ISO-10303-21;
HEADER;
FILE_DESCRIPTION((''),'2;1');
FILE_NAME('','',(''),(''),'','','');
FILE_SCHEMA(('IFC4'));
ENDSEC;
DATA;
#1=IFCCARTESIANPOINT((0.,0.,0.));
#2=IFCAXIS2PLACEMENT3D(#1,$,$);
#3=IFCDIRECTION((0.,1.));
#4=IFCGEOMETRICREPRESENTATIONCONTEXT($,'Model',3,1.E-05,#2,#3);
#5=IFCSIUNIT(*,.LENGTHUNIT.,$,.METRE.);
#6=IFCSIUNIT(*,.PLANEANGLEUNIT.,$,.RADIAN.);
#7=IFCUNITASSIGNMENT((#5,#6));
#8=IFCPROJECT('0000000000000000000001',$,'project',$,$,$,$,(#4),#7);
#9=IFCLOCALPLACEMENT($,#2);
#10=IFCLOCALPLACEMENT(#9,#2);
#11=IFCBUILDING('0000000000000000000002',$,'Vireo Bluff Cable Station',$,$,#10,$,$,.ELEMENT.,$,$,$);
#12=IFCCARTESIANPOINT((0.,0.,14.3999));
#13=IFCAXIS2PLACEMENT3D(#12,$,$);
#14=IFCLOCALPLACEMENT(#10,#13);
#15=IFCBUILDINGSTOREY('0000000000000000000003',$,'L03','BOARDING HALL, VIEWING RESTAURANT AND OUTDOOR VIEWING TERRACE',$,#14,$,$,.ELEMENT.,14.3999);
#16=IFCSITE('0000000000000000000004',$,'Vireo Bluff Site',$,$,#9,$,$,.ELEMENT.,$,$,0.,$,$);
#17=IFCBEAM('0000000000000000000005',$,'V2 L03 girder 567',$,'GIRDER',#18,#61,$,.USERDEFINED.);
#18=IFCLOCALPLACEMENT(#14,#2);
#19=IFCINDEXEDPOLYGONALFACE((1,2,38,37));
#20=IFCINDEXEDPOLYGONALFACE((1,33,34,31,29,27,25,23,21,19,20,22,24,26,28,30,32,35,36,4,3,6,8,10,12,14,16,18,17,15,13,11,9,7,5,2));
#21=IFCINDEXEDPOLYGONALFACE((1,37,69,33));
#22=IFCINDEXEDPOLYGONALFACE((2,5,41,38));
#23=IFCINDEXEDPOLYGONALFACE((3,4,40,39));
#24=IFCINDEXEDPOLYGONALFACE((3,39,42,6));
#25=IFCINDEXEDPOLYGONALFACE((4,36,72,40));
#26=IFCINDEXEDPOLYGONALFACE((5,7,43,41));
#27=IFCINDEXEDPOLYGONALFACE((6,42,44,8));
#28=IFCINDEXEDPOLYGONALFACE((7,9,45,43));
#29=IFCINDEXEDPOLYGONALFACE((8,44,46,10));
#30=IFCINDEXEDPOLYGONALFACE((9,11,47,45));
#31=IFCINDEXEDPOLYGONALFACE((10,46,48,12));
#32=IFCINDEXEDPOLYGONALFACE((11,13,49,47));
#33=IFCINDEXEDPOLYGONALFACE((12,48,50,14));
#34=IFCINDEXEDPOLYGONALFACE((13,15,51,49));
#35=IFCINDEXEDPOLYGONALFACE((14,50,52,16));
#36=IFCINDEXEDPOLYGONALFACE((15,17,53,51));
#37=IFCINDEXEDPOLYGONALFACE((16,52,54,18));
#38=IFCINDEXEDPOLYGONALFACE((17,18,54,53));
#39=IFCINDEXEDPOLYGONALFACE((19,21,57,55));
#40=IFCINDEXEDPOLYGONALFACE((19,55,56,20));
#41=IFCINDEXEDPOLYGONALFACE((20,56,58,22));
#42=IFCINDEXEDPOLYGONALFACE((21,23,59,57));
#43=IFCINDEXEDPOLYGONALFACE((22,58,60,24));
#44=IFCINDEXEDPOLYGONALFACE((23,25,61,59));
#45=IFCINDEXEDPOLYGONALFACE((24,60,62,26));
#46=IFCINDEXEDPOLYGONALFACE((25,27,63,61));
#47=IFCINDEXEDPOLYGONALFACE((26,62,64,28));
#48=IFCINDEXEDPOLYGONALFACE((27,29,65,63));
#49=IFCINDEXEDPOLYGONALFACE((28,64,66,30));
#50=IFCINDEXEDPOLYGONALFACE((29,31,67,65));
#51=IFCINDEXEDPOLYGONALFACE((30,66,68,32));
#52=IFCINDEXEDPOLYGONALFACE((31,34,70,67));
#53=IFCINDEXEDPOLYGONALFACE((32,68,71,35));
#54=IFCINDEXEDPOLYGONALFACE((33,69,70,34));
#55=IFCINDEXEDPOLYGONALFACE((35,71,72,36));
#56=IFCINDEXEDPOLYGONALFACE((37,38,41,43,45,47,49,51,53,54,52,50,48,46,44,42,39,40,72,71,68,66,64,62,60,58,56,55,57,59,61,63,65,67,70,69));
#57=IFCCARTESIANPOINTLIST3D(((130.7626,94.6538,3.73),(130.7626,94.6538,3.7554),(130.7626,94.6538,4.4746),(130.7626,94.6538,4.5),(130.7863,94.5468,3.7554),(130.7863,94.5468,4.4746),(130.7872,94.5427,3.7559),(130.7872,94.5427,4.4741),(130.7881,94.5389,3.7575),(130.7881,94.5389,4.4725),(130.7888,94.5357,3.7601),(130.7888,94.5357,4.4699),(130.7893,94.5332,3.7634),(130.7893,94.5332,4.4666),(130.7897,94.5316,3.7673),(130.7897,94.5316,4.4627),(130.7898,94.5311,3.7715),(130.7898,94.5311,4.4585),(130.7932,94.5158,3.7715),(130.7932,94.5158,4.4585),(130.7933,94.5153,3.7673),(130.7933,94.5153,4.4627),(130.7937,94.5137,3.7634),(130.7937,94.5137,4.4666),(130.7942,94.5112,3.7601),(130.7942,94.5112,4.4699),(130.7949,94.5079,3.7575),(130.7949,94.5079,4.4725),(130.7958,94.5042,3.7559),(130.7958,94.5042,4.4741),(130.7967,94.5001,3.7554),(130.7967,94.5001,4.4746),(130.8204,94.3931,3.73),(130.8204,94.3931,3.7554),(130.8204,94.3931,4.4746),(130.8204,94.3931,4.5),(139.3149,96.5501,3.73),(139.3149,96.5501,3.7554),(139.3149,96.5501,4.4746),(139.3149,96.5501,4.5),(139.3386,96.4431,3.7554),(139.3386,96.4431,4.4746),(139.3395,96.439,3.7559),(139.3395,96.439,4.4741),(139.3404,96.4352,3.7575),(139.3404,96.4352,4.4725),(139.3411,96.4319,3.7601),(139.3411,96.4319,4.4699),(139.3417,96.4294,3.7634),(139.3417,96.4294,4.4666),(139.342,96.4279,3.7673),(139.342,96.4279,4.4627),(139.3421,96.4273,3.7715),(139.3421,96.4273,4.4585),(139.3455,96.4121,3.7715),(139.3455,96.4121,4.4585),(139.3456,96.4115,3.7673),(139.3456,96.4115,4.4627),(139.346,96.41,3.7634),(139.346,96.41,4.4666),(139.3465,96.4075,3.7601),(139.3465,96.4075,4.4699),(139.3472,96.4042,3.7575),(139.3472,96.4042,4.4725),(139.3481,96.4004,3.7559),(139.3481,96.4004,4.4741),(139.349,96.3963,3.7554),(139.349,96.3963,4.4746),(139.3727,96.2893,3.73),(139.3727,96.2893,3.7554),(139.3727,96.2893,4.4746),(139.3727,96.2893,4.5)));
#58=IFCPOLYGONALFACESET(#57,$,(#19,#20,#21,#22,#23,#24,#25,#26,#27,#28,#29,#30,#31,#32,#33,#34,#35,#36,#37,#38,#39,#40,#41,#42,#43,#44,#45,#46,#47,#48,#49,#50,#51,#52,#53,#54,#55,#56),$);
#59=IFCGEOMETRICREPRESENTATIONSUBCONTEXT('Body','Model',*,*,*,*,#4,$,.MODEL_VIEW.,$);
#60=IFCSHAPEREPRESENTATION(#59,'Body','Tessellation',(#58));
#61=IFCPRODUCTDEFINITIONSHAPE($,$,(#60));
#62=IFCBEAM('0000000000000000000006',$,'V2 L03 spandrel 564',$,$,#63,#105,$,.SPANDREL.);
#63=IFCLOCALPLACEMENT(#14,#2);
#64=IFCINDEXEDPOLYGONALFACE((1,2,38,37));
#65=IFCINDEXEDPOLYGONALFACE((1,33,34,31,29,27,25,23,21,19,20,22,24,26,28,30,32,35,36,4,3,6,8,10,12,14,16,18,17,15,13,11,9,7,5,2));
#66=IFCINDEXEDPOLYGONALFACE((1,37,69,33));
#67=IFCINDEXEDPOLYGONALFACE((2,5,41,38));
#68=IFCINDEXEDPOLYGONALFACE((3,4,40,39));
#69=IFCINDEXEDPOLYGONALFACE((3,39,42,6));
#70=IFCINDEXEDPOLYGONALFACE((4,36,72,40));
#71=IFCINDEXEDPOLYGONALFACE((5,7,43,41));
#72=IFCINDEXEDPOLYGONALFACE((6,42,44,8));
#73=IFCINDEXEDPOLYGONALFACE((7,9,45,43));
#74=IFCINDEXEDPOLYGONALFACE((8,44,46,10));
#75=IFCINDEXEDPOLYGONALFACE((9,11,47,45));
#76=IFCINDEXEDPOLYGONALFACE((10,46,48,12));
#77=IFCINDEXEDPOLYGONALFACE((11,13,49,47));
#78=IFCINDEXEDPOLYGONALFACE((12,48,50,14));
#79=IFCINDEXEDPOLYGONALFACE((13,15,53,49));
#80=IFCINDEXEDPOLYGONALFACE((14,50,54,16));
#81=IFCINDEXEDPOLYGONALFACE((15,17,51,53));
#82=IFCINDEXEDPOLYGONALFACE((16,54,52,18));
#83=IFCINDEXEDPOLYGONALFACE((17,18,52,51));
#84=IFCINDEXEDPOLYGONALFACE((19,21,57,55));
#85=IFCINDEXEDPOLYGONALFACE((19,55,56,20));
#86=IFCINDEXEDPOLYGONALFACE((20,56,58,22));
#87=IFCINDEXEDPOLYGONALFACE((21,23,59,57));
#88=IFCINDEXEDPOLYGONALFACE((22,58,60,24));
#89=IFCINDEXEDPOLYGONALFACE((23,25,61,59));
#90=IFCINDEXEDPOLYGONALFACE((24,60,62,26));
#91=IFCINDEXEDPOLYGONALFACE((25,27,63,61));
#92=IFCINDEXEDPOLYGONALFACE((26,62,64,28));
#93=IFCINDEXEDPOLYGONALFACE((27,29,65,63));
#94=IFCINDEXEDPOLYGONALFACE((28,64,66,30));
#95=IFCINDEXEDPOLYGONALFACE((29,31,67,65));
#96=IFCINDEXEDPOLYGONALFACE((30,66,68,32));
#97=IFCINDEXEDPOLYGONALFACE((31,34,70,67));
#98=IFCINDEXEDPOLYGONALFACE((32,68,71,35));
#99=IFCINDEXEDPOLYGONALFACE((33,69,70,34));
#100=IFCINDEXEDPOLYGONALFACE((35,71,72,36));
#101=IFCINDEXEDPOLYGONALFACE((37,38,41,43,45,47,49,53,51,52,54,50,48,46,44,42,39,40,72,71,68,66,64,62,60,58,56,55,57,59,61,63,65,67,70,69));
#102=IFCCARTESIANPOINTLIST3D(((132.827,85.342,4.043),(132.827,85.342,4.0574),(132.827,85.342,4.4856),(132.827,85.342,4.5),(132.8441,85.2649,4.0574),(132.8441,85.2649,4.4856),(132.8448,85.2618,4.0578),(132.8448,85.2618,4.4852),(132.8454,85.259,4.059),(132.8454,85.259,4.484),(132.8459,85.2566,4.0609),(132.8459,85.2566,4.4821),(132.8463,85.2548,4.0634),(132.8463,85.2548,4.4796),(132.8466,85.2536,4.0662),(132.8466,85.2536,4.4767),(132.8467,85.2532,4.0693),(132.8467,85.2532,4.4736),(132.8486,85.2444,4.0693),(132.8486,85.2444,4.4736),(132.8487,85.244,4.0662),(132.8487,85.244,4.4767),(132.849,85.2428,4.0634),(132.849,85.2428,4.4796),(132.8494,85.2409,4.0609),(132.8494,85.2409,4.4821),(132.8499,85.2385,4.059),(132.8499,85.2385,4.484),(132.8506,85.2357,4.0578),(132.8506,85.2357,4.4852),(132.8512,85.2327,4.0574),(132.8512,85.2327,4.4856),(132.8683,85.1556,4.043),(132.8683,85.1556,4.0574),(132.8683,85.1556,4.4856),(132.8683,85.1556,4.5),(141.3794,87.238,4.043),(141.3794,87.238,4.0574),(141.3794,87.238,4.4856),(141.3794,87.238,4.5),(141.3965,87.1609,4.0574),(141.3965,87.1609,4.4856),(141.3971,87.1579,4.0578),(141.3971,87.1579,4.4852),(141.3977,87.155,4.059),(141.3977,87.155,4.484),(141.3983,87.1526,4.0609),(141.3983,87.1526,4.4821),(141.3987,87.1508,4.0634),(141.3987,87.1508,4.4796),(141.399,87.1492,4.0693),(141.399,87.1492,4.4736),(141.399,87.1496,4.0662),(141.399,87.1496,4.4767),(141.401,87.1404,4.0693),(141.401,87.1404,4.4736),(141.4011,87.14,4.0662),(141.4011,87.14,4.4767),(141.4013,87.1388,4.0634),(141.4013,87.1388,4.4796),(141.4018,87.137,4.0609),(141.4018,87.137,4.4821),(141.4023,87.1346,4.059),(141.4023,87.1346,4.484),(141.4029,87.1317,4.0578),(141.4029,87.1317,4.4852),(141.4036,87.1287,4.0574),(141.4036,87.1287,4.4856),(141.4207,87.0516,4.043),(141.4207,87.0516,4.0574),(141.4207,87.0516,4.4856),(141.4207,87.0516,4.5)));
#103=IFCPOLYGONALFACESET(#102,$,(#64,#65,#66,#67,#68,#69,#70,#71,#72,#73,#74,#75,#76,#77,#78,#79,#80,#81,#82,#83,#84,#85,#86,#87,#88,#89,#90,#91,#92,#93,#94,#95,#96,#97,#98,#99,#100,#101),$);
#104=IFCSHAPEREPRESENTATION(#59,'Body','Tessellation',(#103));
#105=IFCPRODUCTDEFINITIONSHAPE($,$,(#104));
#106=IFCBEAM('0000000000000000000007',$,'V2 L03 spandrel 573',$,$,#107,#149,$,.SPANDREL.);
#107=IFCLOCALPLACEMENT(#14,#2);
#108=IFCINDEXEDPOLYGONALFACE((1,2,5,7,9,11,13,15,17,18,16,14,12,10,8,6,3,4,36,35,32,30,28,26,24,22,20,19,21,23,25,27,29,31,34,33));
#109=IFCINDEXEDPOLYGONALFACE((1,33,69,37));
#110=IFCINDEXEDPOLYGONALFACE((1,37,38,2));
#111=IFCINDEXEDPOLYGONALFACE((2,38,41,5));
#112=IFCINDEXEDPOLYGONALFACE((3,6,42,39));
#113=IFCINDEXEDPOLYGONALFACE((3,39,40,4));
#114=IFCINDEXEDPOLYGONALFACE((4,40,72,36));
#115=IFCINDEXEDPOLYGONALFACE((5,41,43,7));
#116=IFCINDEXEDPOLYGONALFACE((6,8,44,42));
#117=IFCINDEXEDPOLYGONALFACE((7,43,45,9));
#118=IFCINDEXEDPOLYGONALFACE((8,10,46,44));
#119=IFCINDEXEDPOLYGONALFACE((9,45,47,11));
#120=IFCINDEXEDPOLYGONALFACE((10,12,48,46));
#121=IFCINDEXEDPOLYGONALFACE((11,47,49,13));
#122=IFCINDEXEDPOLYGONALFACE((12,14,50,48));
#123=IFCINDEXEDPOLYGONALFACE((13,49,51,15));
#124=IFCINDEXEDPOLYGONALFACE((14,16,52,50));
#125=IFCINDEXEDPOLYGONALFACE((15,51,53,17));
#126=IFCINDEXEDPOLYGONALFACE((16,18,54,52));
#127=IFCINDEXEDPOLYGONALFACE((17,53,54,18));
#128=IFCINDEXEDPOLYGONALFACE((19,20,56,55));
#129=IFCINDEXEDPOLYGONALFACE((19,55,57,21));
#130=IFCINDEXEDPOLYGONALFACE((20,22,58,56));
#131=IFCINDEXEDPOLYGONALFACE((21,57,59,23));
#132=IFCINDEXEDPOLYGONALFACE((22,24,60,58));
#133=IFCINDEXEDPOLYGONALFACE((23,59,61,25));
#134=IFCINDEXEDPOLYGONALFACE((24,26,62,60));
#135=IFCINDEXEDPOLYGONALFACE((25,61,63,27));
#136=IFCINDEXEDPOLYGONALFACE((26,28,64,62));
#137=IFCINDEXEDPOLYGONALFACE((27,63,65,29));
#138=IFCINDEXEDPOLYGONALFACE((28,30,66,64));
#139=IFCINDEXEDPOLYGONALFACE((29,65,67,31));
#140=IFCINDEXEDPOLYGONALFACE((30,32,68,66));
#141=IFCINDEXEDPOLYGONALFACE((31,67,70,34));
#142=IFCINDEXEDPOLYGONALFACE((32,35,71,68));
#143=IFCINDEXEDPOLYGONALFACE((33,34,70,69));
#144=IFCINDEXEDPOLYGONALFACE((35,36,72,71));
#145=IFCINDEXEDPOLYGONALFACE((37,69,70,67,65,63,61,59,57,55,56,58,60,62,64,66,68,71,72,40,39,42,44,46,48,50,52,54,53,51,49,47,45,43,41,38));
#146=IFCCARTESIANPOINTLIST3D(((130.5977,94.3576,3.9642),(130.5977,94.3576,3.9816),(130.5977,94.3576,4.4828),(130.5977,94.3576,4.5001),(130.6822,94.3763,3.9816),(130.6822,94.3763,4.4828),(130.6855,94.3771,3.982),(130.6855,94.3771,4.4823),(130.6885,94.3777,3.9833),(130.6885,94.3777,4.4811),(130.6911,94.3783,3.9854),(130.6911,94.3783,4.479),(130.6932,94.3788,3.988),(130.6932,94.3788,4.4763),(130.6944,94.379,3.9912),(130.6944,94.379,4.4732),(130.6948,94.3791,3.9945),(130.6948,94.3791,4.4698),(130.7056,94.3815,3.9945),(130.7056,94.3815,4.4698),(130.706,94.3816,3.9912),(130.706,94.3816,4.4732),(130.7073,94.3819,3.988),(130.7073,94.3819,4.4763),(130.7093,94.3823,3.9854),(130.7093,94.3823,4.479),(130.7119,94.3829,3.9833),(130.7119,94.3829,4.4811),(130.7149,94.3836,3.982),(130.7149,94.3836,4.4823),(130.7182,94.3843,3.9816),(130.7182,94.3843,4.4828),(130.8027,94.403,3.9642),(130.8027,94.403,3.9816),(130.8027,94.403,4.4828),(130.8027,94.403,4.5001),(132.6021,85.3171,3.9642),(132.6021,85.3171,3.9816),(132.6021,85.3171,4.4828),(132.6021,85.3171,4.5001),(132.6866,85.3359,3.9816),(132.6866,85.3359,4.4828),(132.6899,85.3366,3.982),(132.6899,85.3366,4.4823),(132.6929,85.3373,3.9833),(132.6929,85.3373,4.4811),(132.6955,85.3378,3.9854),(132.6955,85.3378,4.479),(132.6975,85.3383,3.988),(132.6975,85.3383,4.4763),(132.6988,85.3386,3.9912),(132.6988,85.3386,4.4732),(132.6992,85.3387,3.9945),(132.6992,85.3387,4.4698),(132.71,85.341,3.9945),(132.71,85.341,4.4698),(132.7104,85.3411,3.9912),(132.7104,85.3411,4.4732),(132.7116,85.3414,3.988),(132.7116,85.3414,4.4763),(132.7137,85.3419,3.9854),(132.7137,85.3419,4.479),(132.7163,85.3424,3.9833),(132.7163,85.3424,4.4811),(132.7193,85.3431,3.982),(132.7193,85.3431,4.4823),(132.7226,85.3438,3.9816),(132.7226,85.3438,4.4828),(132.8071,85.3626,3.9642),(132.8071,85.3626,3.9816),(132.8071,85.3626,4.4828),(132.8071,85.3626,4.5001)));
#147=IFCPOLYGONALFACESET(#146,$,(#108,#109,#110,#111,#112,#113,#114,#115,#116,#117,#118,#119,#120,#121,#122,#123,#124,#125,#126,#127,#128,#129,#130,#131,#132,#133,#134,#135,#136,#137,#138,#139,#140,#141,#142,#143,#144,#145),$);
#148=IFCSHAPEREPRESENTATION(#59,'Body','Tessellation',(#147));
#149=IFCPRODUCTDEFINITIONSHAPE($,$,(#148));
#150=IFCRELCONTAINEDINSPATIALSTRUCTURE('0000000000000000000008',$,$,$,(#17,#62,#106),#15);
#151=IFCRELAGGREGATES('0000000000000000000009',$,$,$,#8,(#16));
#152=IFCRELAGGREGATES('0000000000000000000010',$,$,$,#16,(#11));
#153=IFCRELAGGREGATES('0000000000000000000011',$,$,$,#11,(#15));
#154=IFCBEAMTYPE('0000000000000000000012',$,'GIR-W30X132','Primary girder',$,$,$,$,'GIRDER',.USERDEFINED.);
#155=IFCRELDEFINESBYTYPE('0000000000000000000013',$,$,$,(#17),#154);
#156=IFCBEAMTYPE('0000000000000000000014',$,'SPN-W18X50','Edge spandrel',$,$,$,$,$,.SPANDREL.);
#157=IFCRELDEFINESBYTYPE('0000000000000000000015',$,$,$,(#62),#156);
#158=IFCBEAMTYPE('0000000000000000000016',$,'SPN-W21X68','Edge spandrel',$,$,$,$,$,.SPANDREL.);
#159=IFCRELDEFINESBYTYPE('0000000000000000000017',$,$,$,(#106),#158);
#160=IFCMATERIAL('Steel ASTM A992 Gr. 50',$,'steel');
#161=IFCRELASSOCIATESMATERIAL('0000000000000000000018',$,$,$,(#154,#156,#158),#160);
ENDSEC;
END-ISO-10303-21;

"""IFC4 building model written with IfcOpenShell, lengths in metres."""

from ifc_helpers import new_model, si_unit, direction, frame, origin, origin_2d, place, context, subcontext, project, spatial, i_section, extrude, material, material_profile, profile_set, type_object, element, save


model = new_model("IFC4")

# Units and contexts
model_context = context("Model", 3, precision=1e-05, world=origin(), true_north=direction((0.0, 1.0)))
body_context = subcontext(model_context, "Body", "Model", "MODEL_VIEW")
ifc_project = project(units=[si_unit("LENGTHUNIT", "METRE"), si_unit("PLANEANGLEUNIT", "RADIAN")], contexts=[model_context])

# Site, building, storey
site_placement = place(None, origin())
site = spatial("IfcSite", under=ifc_project, at=site_placement, Name="Vireo Bluff Site", CompositionType="ELEMENT", RefElevation=0.0)
building_placement = place(site_placement, origin())
building = spatial("IfcBuilding", under=site, at=building_placement, Name="Vireo Bluff Cable Station", CompositionType="ELEMENT")
storey_placement = place(building_placement, frame((0.0, 0.0, 14.3999)))
storey = spatial("IfcBuildingStorey", under=building, at=storey_placement, Name="L03", Description="BOARDING HALL, VIEWING RESTAURANT AND OUTDOOR VIEWING TERRACE", CompositionType="ELEMENT", Elevation=14.3999)

# Shared definitions
ifc_material_1 = material(Name="Steel ASTM A992 Gr. 50", Category="steel")

# Beams
ifc_material_profile_1 = material_profile(ifc_material_1, i_section(OverallWidth=0.2671, OverallDepth=0.77, WebThickness=0.0156, FlangeThickness=0.0254, FilletRadius=0.0161, at=origin_2d()), Name="W30X132")
ifc_profile_set_1 = profile_set([ifc_material_profile_1], Name="Steel ASTM A992 Gr. 50")
beam_type_1 = type_object("IfcBeamType", Name="GIR-W30X132", Description="Primary girder", ElementType="GIRDER", PredefinedType="USERDEFINED", material=ifc_profile_set_1)
beam_1_placement = place(storey_placement, frame((130.7915, 94.5234, 4.115), z_axis=(0.97629, 0.216467, 0.0), x_axis=(-0.216467, 0.97629, 0.0)))
element("IfcBeam", 1, at=beam_1_placement, inside=storey, type_object=beam_type_1, Name="V2 L03 girder 567", ObjectType="GIRDER", PredefinedType="USERDEFINED", context=body_context, shape_type="SweptSolid", body=[
    extrude(i_section(OverallWidth=0.2671, OverallDepth=0.77, WebThickness=0.0156, FlangeThickness=0.0254, FilletRadius=0.0161, at=origin_2d()), origin(), (0.0, 0.0, 1.0), 8.76),
])
ifc_material_profile_2 = material_profile(ifc_material_1, i_section(OverallWidth=0.1909, OverallDepth=0.457, WebThickness=0.009, FlangeThickness=0.0144, FilletRadius=0.012, at=origin_2d()), Name="W18X50")
ifc_profile_set_2 = profile_set([ifc_material_profile_2], Name="Steel ASTM A992 Gr. 50")
beam_type_2 = type_object("IfcBeamType", Name="SPN-W18X50", Description="Edge spandrel", PredefinedType="SPANDREL", material=ifc_profile_set_2)
beam_2_placement = place(storey_placement, frame((132.8477, 85.2488, 4.2715), z_axis=(0.976296, 0.216441, 0.0), x_axis=(-0.216441, 0.976296, 0.0)))
element("IfcBeam", 2, at=beam_2_placement, inside=storey, type_object=beam_type_2, Name="V2 L03 spandrel 564", PredefinedType="SPANDREL", context=body_context, shape_type="SweptSolid", body=[
    extrude(i_section(OverallWidth=0.1909, OverallDepth=0.457, WebThickness=0.009, FlangeThickness=0.0144, FilletRadius=0.012, at=origin_2d()), origin(), (0.0, 0.0, 1.0), 8.76),
])
ifc_material_profile_3 = material_profile(ifc_material_1, i_section(OverallWidth=0.21, OverallDepth=0.5359, WebThickness=0.011, FlangeThickness=0.0173, FilletRadius=0.0129, at=origin_2d()), Name="W21X68")
ifc_profile_set_3 = profile_set([ifc_material_profile_3], Name="Steel ASTM A992 Gr. 50")
beam_type_3 = type_object("IfcBeamType", Name="SPN-W21X68", Description="Edge spandrel", PredefinedType="SPANDREL", material=ifc_profile_set_3)
beam_3_placement = place(storey_placement, frame((132.7046, 85.3398, 4.2322), z_axis=(-0.216456, 0.976292, 0.0), x_axis=(-0.976292, -0.216456, 0.0)))
element("IfcBeam", 3, at=beam_3_placement, inside=storey, type_object=beam_type_3, Name="V2 L03 spandrel 573", PredefinedType="SPANDREL", context=body_context, shape_type="SweptSolid", body=[
    extrude(i_section(OverallWidth=0.21, OverallDepth=0.5359, WebThickness=0.011, FlangeThickness=0.0173, FilletRadius=0.0129, at=origin_2d()), origin(), (0.0, 0.0, 1.0), 9.26),
])

save(model, "model.ifc")
